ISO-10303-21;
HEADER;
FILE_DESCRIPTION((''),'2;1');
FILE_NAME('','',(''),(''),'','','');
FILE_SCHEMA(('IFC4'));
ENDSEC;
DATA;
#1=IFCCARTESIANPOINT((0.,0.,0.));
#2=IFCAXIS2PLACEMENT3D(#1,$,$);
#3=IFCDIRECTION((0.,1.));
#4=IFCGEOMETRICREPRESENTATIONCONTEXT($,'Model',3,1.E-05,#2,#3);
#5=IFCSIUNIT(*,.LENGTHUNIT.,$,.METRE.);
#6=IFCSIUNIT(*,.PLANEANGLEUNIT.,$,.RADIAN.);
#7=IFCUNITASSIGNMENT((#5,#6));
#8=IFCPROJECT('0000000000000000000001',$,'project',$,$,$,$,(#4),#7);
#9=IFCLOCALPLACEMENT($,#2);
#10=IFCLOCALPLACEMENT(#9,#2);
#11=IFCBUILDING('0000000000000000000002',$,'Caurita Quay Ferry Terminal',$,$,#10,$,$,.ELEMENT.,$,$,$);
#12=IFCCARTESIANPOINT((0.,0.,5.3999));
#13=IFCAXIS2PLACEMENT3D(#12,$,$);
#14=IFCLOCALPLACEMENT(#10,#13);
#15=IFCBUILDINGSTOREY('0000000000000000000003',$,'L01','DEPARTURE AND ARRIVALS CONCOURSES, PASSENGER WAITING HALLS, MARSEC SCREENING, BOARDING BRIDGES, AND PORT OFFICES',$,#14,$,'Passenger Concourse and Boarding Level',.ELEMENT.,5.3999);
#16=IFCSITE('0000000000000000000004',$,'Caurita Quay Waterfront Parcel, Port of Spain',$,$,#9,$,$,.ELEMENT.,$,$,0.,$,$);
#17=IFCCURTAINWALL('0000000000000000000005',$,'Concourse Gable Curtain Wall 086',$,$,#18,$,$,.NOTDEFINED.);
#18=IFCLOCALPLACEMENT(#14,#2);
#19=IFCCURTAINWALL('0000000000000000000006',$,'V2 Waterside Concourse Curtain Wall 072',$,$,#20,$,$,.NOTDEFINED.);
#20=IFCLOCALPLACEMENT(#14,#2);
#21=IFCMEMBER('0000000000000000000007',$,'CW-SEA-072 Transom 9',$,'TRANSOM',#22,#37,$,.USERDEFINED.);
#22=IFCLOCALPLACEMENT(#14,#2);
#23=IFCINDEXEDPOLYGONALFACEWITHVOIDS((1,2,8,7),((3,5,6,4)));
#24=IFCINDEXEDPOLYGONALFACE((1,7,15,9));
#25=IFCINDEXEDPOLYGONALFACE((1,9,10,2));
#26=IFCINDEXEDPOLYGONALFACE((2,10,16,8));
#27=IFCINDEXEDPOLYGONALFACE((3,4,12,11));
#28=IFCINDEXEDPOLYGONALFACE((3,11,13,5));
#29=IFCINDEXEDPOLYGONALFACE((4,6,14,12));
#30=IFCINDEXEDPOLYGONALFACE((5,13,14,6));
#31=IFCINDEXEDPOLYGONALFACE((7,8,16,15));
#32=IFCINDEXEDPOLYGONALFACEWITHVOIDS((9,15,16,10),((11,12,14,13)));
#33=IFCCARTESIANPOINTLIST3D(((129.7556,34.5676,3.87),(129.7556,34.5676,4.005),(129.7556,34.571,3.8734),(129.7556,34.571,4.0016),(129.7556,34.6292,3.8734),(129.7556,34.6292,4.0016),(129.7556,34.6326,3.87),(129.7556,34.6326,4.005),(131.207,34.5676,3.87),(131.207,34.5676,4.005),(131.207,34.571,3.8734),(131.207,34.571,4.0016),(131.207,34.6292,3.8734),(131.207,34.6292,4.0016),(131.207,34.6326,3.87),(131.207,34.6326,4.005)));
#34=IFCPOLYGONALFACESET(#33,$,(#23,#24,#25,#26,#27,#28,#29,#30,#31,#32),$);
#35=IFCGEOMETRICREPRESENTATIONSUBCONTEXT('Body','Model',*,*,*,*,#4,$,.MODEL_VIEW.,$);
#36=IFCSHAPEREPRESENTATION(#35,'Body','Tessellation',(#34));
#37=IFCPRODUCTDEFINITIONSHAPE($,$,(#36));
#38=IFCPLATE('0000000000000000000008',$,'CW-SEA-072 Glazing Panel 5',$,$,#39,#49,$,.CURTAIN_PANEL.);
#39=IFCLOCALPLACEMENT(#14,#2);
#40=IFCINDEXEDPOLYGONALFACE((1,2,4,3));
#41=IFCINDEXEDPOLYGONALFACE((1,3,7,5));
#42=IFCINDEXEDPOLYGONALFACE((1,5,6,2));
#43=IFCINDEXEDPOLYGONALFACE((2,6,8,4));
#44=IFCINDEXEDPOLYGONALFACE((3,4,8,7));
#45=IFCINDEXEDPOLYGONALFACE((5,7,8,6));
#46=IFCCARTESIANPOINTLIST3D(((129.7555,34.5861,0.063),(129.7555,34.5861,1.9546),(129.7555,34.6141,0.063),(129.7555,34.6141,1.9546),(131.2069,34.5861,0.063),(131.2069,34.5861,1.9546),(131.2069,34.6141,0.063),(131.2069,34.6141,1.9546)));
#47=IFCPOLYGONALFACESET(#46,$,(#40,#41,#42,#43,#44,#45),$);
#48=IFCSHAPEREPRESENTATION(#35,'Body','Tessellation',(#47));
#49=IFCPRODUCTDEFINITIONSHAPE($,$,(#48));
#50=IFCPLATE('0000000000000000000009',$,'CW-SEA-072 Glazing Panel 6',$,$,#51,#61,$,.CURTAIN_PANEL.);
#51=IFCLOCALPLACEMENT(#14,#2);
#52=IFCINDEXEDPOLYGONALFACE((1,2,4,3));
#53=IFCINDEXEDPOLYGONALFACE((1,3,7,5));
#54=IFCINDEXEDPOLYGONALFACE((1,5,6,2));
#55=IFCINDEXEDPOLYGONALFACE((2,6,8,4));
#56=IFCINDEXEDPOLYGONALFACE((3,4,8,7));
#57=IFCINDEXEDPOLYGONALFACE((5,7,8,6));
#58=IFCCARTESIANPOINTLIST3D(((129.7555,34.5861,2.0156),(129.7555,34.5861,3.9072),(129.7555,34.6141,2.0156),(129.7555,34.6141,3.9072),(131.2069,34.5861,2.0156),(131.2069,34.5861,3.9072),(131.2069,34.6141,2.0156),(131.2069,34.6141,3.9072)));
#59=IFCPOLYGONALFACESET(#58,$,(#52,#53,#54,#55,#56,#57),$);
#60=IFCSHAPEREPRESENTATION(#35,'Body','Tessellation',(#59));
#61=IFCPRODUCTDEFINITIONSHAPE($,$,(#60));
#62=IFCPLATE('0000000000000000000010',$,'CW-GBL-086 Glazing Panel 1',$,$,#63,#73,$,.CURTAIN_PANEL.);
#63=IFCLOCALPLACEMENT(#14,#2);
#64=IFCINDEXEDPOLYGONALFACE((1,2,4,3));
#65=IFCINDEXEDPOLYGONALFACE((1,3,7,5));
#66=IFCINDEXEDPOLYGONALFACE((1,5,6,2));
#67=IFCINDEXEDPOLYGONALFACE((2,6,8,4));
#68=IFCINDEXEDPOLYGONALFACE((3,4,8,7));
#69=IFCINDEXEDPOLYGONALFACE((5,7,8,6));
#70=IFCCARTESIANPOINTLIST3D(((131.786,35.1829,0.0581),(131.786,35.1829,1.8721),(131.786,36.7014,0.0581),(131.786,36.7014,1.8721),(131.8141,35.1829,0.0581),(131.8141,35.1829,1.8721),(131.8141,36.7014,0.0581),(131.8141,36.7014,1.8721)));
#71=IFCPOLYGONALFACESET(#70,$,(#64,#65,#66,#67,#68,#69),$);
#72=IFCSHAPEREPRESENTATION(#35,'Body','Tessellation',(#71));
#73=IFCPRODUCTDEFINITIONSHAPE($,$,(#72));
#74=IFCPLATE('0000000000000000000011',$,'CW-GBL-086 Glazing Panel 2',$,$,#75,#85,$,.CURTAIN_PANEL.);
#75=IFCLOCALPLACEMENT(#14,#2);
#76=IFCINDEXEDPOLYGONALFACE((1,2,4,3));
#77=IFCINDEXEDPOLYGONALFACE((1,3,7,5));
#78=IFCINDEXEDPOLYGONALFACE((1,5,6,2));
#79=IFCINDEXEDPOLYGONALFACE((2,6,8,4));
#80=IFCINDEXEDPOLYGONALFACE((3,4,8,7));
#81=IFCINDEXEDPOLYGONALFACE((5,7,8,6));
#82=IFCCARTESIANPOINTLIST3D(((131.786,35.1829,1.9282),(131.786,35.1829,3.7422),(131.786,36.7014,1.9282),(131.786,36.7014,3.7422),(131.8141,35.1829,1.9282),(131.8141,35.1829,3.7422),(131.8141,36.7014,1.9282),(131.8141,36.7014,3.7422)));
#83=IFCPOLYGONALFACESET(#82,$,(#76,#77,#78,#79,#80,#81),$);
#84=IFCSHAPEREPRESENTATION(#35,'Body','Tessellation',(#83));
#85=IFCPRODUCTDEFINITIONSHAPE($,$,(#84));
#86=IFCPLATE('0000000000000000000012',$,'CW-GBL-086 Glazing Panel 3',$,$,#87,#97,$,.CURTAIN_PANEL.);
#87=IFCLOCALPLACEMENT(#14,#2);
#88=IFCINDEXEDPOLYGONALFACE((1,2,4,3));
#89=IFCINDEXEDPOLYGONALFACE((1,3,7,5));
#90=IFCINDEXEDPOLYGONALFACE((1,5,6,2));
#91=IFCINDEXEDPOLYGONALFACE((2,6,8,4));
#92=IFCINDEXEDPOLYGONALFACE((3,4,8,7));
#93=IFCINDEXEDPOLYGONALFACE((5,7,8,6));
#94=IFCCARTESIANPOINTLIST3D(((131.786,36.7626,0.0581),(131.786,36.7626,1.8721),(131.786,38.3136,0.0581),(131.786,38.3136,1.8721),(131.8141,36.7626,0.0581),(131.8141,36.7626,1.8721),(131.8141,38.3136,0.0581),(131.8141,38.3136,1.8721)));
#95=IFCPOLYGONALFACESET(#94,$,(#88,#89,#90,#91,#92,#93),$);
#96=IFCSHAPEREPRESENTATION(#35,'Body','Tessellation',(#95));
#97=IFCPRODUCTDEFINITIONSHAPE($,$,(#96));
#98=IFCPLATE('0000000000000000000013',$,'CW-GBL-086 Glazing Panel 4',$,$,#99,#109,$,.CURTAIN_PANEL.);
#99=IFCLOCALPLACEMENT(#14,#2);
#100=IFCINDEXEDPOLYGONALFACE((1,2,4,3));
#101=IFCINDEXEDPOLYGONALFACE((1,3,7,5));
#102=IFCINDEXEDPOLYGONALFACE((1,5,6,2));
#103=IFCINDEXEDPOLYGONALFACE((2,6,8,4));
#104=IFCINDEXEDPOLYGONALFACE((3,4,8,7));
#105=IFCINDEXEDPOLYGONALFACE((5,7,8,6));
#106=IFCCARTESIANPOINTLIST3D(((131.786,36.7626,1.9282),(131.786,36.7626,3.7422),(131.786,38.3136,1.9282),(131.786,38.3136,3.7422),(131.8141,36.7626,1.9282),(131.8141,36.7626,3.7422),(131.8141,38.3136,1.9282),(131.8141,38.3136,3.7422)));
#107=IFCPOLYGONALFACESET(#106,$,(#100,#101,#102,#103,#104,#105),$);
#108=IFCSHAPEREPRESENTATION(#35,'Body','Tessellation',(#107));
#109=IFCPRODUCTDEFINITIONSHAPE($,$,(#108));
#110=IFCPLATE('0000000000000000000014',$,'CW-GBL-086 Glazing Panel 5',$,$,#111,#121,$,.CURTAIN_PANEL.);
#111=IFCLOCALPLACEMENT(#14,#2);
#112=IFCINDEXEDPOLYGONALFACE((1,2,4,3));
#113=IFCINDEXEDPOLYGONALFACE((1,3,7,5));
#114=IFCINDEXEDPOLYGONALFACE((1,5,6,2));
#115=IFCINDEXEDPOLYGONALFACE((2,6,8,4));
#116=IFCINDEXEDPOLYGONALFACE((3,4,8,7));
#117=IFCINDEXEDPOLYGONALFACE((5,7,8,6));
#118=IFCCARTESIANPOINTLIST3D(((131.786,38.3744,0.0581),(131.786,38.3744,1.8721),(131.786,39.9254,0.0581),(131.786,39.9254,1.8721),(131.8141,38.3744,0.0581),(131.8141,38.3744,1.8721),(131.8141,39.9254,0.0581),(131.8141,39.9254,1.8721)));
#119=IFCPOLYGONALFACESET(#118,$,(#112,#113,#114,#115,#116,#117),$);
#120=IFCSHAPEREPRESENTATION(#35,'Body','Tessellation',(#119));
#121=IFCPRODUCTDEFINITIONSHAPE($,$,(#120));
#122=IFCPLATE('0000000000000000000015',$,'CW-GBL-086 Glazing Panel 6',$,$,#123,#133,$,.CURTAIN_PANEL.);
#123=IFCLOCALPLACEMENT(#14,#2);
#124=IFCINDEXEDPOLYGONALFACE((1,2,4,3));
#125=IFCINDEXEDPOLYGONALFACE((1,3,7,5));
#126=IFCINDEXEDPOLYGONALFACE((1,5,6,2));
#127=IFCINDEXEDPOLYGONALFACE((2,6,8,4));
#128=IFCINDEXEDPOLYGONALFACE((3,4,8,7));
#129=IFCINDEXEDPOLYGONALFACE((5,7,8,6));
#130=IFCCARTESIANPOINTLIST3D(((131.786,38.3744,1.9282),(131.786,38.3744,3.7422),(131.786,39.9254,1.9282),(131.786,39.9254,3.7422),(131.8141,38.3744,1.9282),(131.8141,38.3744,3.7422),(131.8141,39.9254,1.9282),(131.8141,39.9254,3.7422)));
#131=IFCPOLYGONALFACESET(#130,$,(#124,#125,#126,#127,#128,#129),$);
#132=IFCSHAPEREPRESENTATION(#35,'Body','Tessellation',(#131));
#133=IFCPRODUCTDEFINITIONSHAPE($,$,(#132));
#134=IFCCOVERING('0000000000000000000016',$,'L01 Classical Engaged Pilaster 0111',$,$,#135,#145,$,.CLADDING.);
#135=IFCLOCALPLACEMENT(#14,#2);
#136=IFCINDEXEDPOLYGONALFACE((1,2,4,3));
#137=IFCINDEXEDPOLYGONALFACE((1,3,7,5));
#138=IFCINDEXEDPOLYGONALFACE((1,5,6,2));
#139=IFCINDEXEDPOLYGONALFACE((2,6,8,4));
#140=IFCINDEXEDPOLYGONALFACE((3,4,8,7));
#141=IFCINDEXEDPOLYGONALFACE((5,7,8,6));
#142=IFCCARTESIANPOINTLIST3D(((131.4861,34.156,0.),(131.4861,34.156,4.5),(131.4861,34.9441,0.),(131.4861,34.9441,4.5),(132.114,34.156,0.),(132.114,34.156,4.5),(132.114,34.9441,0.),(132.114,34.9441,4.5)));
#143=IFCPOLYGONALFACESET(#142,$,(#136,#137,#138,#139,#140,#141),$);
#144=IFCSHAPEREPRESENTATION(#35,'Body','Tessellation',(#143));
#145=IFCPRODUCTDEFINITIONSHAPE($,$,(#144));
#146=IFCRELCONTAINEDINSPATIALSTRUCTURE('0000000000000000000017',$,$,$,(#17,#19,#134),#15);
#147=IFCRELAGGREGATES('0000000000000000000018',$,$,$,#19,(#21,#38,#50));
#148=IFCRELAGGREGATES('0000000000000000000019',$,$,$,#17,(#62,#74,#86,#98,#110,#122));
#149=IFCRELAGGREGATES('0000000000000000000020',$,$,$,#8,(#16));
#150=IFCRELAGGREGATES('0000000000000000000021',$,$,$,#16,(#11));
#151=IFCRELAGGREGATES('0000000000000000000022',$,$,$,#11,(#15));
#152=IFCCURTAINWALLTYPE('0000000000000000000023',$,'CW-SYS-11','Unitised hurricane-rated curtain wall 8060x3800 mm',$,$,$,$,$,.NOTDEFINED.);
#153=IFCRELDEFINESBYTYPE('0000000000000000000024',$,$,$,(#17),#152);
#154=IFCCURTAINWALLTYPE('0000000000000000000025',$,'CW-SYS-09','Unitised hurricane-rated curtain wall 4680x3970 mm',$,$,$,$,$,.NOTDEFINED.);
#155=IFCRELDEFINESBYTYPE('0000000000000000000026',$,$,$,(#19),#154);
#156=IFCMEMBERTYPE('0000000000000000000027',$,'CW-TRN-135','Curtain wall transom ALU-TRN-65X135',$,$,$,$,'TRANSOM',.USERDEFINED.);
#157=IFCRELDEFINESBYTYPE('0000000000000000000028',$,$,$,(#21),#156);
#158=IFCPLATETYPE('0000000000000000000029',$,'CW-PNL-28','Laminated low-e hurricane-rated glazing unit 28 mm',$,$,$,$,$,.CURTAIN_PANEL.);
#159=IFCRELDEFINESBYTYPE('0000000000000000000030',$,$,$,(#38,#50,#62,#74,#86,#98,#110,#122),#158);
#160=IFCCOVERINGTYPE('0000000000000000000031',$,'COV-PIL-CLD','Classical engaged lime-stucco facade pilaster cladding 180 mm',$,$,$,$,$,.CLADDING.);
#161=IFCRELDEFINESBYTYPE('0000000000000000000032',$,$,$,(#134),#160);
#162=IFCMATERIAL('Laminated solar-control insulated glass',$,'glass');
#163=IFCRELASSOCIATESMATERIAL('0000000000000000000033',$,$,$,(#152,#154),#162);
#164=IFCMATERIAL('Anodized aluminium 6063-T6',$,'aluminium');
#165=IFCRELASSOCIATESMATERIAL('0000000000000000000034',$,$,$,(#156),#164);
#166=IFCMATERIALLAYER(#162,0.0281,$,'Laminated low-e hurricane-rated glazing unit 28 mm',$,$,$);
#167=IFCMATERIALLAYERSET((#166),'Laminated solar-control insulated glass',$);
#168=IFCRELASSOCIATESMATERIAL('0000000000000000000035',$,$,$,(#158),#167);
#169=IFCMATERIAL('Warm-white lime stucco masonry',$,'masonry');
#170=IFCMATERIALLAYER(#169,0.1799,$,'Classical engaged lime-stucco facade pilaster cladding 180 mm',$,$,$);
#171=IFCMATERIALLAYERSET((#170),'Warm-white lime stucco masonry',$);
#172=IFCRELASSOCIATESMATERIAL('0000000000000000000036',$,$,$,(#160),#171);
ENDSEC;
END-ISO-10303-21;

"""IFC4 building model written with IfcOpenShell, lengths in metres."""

from ifc_helpers import new_model, si_unit, direction, frame, origin, origin_2d, place, context, subcontext, project, spatial, rectangle, hollow_rectangle, extrude, material, layer, layer_set, material_profile, profile_set, type_object, element, aggregate, save


model = new_model("IFC4")

# Units and contexts
model_context = context("Model", 3, precision=1e-05, world=origin(), true_north=direction((0.0, 1.0)))
body_context = subcontext(model_context, "Body", "Model", "MODEL_VIEW")
ifc_project = project(units=[si_unit("LENGTHUNIT", "METRE"), si_unit("PLANEANGLEUNIT", "RADIAN")], contexts=[model_context])

# Site, building, storey
site_placement = place(None, origin())
site = spatial("IfcSite", under=ifc_project, at=site_placement, Name="Caurita Quay Waterfront Parcel, Port of Spain", CompositionType="ELEMENT", RefElevation=0.0)
building_placement = place(site_placement, origin())
building = spatial("IfcBuilding", under=site, at=building_placement, Name="Caurita Quay Ferry Terminal", CompositionType="ELEMENT")
storey_placement = place(building_placement, frame((0.0, 0.0, 5.3999)))
storey = spatial("IfcBuildingStorey", under=building, at=storey_placement, Name="L01", Description="DEPARTURE AND ARRIVALS CONCOURSES, PASSENGER WAITING HALLS, MARSEC SCREENING, BOARDING BRIDGES, AND PORT OFFICES", LongName="Passenger Concourse and Boarding Level", CompositionType="ELEMENT", Elevation=5.3999)

# Curtain wall
ifc_material_1 = material(Name="Laminated solar-control insulated glass", Category="glass")
curtain_wall_type_1 = type_object("IfcCurtainWallType", Name="CW-SYS-11", Description="Unitised hurricane-rated curtain wall 8060x3800 mm", PredefinedType="NOTDEFINED", material=ifc_material_1)
curtain_wall_1_placement = place(storey_placement, origin())
curtain_wall_1 = element("IfcCurtainWall", 1, at=curtain_wall_1_placement, inside=storey, type_object=curtain_wall_type_1, Name="Concourse Gable Curtain Wall 086", PredefinedType="NOTDEFINED")
ifc_material_2 = material(Name="Anodized aluminium 6063-T6", Category="aluminium")

# Curtain wall
curtain_wall_type_2 = type_object("IfcCurtainWallType", Name="CW-SYS-09", Description="Unitised hurricane-rated curtain wall 4680x3970 mm", PredefinedType="NOTDEFINED", material=ifc_material_1)
curtain_wall_2_placement = place(storey_placement, origin())
curtain_wall_2 = element("IfcCurtainWall", 2, at=curtain_wall_2_placement, inside=storey, type_object=curtain_wall_type_2, Name="V2 Waterside Concourse Curtain Wall 072", PredefinedType="NOTDEFINED")

# Member
ifc_material_profile_1 = material_profile(ifc_material_2, hollow_rectangle(XDim=0.0649, YDim=0.135, WallThickness=0.0034, at=origin_2d()), Name="ALU-TRN-65X135")
ifc_profile_set_1 = profile_set([ifc_material_profile_1], Name="Anodized aluminium 6063-T6")
member_type_1 = type_object("IfcMemberType", Name="CW-TRN-135", Description="Curtain wall transom ALU-TRN-65X135", ElementType="TRANSOM", PredefinedType="USERDEFINED", material=ifc_profile_set_1)
member_1_placement = place(storey_placement, frame((129.7556, 34.6001, 3.9375), z_axis=(1.0, 0.0, 0.0), x_axis=(0.0, 1.0, 0.0)))
member_1 = element("IfcMember", 3, at=member_1_placement, type_object=member_type_1, Name="CW-SEA-072 Transom 9", ObjectType="TRANSOM", PredefinedType="USERDEFINED", context=body_context, shape_type="SweptSolid", body=[
    extrude(hollow_rectangle(XDim=0.0649, YDim=0.135, WallThickness=0.0034, at=origin_2d()), origin(), (0.0, 0.0, 1.0), 1.4514),
])

# Plates
ifc_layer_1 = layer(ifc_material_1, 0.0281, Name="Laminated low-e hurricane-rated glazing unit 28 mm")
ifc_layer_set_1 = layer_set([ifc_layer_1], Name="Laminated solar-control insulated glass")
plate_type = type_object("IfcPlateType", Name="CW-PNL-28", Description="Laminated low-e hurricane-rated glazing unit 28 mm", PredefinedType="CURTAIN_PANEL", material=ifc_layer_set_1)
plate_1_placement = place(storey_placement, frame((130.4812, 34.6001, 0.063), z_axis=(0.0, 0.0, 1.0), x_axis=(1.0, 0.0, 0.0)))
plate_1 = element("IfcPlate", 4, at=plate_1_placement, type_object=plate_type, Name="CW-SEA-072 Glazing Panel 5", PredefinedType="CURTAIN_PANEL", context=body_context, shape_type="SweptSolid", body=[
    extrude(rectangle(XDim=1.4514, YDim=0.0281, at=origin_2d()), origin(), (0.0, 0.0, 1.0), 1.8916),
])
plate_2_placement = place(storey_placement, frame((130.4812, 34.6001, 2.0156), z_axis=(0.0, 0.0, 1.0), x_axis=(1.0, 0.0, 0.0)))
plate_2 = element("IfcPlate", 5, at=plate_2_placement, type_object=plate_type, Name="CW-SEA-072 Glazing Panel 6", PredefinedType="CURTAIN_PANEL", context=body_context, shape_type="SweptSolid", body=[
    extrude(rectangle(XDim=1.4514, YDim=0.0281, at=origin_2d()), origin(), (0.0, 0.0, 1.0), 1.8916),
])
aggregate(curtain_wall_2, [member_1, plate_1, plate_2])
plate_3_placement = place(storey_placement, frame((131.8, 35.9421, 0.0581), z_axis=(0.0, 0.0, 1.0), x_axis=(0.0, 1.0, 0.0)))
plate_3 = element("IfcPlate", 6, at=plate_3_placement, type_object=plate_type, Name="CW-GBL-086 Glazing Panel 1", PredefinedType="CURTAIN_PANEL", context=body_context, shape_type="SweptSolid", body=[
    extrude(rectangle(XDim=1.5186, YDim=0.0281, at=origin_2d()), origin(), (0.0, 0.0, 1.0), 1.814),
])
plate_4_placement = place(storey_placement, frame((131.8, 35.9421, 1.9282), z_axis=(0.0, 0.0, 1.0), x_axis=(0.0, 1.0, 0.0)))
plate_4 = element("IfcPlate", 7, at=plate_4_placement, type_object=plate_type, Name="CW-GBL-086 Glazing Panel 2", PredefinedType="CURTAIN_PANEL", context=body_context, shape_type="SweptSolid", body=[
    extrude(rectangle(XDim=1.5186, YDim=0.0281, at=origin_2d()), origin(), (0.0, 0.0, 1.0), 1.814),
])
plate_5_placement = place(storey_placement, frame((131.8, 37.5381, 0.0581), z_axis=(0.0, 0.0, 1.0), x_axis=(0.0, 1.0, 0.0)))
plate_5 = element("IfcPlate", 8, at=plate_5_placement, type_object=plate_type, Name="CW-GBL-086 Glazing Panel 3", PredefinedType="CURTAIN_PANEL", context=body_context, shape_type="SweptSolid", body=[
    extrude(rectangle(XDim=1.551, YDim=0.0281, at=origin_2d()), origin(), (0.0, 0.0, 1.0), 1.814),
])
plate_6_placement = place(storey_placement, frame((131.8, 37.5381, 1.9282), z_axis=(0.0, 0.0, 1.0), x_axis=(0.0, 1.0, 0.0)))
plate_6 = element("IfcPlate", 9, at=plate_6_placement, type_object=plate_type, Name="CW-GBL-086 Glazing Panel 4", PredefinedType="CURTAIN_PANEL", context=body_context, shape_type="SweptSolid", body=[
    extrude(rectangle(XDim=1.551, YDim=0.0281, at=origin_2d()), origin(), (0.0, 0.0, 1.0), 1.814),
])
plate_7_placement = place(storey_placement, frame((131.8, 39.1499, 0.0581), z_axis=(0.0, 0.0, 1.0), x_axis=(0.0, 1.0, 0.0)))
plate_7 = element("IfcPlate", 10, at=plate_7_placement, type_object=plate_type, Name="CW-GBL-086 Glazing Panel 5", PredefinedType="CURTAIN_PANEL", context=body_context, shape_type="SweptSolid", body=[
    extrude(rectangle(XDim=1.551, YDim=0.0281, at=origin_2d()), origin(), (0.0, 0.0, 1.0), 1.814),
])
plate_8_placement = place(storey_placement, frame((131.8, 39.1499, 1.9282), z_axis=(0.0, 0.0, 1.0), x_axis=(0.0, 1.0, 0.0)))
plate_8 = element("IfcPlate", 11, at=plate_8_placement, type_object=plate_type, Name="CW-GBL-086 Glazing Panel 6", PredefinedType="CURTAIN_PANEL", context=body_context, shape_type="SweptSolid", body=[
    extrude(rectangle(XDim=1.551, YDim=0.0281, at=origin_2d()), origin(), (0.0, 0.0, 1.0), 1.814),
])
aggregate(curtain_wall_1, [plate_3, plate_4, plate_5, plate_6, plate_7, plate_8])

# Covering
ifc_material_3 = material(Name="Warm-white lime stucco masonry", Category="masonry")
ifc_layer_2 = layer(ifc_material_3, 0.1799, Name="Classical engaged lime-stucco facade pilaster cladding 180 mm")
ifc_layer_set_2 = layer_set([ifc_layer_2], Name="Warm-white lime stucco masonry")
covering_type = type_object("IfcCoveringType", Name="COV-PIL-CLD", Description="Classical engaged lime-stucco facade pilaster cladding 180 mm", PredefinedType="CLADDING", material=ifc_layer_set_2)
covering_placement = place(storey_placement, frame((131.8, 34.55, 0.0), z_axis=(0.0, 0.0, 1.0), x_axis=(1.0, 0.0, 0.0)))
element("IfcCovering", 12, at=covering_placement, inside=storey, type_object=covering_type, Name="L01 Classical Engaged Pilaster 0111", PredefinedType="CLADDING", context=body_context, shape_type="SweptSolid", body=[
    extrude(rectangle(XDim=0.6279, YDim=0.7881, at=origin_2d()), origin(), (0.0, 0.0, 1.0), 4.5),
])

save(model, "model.ifc")
